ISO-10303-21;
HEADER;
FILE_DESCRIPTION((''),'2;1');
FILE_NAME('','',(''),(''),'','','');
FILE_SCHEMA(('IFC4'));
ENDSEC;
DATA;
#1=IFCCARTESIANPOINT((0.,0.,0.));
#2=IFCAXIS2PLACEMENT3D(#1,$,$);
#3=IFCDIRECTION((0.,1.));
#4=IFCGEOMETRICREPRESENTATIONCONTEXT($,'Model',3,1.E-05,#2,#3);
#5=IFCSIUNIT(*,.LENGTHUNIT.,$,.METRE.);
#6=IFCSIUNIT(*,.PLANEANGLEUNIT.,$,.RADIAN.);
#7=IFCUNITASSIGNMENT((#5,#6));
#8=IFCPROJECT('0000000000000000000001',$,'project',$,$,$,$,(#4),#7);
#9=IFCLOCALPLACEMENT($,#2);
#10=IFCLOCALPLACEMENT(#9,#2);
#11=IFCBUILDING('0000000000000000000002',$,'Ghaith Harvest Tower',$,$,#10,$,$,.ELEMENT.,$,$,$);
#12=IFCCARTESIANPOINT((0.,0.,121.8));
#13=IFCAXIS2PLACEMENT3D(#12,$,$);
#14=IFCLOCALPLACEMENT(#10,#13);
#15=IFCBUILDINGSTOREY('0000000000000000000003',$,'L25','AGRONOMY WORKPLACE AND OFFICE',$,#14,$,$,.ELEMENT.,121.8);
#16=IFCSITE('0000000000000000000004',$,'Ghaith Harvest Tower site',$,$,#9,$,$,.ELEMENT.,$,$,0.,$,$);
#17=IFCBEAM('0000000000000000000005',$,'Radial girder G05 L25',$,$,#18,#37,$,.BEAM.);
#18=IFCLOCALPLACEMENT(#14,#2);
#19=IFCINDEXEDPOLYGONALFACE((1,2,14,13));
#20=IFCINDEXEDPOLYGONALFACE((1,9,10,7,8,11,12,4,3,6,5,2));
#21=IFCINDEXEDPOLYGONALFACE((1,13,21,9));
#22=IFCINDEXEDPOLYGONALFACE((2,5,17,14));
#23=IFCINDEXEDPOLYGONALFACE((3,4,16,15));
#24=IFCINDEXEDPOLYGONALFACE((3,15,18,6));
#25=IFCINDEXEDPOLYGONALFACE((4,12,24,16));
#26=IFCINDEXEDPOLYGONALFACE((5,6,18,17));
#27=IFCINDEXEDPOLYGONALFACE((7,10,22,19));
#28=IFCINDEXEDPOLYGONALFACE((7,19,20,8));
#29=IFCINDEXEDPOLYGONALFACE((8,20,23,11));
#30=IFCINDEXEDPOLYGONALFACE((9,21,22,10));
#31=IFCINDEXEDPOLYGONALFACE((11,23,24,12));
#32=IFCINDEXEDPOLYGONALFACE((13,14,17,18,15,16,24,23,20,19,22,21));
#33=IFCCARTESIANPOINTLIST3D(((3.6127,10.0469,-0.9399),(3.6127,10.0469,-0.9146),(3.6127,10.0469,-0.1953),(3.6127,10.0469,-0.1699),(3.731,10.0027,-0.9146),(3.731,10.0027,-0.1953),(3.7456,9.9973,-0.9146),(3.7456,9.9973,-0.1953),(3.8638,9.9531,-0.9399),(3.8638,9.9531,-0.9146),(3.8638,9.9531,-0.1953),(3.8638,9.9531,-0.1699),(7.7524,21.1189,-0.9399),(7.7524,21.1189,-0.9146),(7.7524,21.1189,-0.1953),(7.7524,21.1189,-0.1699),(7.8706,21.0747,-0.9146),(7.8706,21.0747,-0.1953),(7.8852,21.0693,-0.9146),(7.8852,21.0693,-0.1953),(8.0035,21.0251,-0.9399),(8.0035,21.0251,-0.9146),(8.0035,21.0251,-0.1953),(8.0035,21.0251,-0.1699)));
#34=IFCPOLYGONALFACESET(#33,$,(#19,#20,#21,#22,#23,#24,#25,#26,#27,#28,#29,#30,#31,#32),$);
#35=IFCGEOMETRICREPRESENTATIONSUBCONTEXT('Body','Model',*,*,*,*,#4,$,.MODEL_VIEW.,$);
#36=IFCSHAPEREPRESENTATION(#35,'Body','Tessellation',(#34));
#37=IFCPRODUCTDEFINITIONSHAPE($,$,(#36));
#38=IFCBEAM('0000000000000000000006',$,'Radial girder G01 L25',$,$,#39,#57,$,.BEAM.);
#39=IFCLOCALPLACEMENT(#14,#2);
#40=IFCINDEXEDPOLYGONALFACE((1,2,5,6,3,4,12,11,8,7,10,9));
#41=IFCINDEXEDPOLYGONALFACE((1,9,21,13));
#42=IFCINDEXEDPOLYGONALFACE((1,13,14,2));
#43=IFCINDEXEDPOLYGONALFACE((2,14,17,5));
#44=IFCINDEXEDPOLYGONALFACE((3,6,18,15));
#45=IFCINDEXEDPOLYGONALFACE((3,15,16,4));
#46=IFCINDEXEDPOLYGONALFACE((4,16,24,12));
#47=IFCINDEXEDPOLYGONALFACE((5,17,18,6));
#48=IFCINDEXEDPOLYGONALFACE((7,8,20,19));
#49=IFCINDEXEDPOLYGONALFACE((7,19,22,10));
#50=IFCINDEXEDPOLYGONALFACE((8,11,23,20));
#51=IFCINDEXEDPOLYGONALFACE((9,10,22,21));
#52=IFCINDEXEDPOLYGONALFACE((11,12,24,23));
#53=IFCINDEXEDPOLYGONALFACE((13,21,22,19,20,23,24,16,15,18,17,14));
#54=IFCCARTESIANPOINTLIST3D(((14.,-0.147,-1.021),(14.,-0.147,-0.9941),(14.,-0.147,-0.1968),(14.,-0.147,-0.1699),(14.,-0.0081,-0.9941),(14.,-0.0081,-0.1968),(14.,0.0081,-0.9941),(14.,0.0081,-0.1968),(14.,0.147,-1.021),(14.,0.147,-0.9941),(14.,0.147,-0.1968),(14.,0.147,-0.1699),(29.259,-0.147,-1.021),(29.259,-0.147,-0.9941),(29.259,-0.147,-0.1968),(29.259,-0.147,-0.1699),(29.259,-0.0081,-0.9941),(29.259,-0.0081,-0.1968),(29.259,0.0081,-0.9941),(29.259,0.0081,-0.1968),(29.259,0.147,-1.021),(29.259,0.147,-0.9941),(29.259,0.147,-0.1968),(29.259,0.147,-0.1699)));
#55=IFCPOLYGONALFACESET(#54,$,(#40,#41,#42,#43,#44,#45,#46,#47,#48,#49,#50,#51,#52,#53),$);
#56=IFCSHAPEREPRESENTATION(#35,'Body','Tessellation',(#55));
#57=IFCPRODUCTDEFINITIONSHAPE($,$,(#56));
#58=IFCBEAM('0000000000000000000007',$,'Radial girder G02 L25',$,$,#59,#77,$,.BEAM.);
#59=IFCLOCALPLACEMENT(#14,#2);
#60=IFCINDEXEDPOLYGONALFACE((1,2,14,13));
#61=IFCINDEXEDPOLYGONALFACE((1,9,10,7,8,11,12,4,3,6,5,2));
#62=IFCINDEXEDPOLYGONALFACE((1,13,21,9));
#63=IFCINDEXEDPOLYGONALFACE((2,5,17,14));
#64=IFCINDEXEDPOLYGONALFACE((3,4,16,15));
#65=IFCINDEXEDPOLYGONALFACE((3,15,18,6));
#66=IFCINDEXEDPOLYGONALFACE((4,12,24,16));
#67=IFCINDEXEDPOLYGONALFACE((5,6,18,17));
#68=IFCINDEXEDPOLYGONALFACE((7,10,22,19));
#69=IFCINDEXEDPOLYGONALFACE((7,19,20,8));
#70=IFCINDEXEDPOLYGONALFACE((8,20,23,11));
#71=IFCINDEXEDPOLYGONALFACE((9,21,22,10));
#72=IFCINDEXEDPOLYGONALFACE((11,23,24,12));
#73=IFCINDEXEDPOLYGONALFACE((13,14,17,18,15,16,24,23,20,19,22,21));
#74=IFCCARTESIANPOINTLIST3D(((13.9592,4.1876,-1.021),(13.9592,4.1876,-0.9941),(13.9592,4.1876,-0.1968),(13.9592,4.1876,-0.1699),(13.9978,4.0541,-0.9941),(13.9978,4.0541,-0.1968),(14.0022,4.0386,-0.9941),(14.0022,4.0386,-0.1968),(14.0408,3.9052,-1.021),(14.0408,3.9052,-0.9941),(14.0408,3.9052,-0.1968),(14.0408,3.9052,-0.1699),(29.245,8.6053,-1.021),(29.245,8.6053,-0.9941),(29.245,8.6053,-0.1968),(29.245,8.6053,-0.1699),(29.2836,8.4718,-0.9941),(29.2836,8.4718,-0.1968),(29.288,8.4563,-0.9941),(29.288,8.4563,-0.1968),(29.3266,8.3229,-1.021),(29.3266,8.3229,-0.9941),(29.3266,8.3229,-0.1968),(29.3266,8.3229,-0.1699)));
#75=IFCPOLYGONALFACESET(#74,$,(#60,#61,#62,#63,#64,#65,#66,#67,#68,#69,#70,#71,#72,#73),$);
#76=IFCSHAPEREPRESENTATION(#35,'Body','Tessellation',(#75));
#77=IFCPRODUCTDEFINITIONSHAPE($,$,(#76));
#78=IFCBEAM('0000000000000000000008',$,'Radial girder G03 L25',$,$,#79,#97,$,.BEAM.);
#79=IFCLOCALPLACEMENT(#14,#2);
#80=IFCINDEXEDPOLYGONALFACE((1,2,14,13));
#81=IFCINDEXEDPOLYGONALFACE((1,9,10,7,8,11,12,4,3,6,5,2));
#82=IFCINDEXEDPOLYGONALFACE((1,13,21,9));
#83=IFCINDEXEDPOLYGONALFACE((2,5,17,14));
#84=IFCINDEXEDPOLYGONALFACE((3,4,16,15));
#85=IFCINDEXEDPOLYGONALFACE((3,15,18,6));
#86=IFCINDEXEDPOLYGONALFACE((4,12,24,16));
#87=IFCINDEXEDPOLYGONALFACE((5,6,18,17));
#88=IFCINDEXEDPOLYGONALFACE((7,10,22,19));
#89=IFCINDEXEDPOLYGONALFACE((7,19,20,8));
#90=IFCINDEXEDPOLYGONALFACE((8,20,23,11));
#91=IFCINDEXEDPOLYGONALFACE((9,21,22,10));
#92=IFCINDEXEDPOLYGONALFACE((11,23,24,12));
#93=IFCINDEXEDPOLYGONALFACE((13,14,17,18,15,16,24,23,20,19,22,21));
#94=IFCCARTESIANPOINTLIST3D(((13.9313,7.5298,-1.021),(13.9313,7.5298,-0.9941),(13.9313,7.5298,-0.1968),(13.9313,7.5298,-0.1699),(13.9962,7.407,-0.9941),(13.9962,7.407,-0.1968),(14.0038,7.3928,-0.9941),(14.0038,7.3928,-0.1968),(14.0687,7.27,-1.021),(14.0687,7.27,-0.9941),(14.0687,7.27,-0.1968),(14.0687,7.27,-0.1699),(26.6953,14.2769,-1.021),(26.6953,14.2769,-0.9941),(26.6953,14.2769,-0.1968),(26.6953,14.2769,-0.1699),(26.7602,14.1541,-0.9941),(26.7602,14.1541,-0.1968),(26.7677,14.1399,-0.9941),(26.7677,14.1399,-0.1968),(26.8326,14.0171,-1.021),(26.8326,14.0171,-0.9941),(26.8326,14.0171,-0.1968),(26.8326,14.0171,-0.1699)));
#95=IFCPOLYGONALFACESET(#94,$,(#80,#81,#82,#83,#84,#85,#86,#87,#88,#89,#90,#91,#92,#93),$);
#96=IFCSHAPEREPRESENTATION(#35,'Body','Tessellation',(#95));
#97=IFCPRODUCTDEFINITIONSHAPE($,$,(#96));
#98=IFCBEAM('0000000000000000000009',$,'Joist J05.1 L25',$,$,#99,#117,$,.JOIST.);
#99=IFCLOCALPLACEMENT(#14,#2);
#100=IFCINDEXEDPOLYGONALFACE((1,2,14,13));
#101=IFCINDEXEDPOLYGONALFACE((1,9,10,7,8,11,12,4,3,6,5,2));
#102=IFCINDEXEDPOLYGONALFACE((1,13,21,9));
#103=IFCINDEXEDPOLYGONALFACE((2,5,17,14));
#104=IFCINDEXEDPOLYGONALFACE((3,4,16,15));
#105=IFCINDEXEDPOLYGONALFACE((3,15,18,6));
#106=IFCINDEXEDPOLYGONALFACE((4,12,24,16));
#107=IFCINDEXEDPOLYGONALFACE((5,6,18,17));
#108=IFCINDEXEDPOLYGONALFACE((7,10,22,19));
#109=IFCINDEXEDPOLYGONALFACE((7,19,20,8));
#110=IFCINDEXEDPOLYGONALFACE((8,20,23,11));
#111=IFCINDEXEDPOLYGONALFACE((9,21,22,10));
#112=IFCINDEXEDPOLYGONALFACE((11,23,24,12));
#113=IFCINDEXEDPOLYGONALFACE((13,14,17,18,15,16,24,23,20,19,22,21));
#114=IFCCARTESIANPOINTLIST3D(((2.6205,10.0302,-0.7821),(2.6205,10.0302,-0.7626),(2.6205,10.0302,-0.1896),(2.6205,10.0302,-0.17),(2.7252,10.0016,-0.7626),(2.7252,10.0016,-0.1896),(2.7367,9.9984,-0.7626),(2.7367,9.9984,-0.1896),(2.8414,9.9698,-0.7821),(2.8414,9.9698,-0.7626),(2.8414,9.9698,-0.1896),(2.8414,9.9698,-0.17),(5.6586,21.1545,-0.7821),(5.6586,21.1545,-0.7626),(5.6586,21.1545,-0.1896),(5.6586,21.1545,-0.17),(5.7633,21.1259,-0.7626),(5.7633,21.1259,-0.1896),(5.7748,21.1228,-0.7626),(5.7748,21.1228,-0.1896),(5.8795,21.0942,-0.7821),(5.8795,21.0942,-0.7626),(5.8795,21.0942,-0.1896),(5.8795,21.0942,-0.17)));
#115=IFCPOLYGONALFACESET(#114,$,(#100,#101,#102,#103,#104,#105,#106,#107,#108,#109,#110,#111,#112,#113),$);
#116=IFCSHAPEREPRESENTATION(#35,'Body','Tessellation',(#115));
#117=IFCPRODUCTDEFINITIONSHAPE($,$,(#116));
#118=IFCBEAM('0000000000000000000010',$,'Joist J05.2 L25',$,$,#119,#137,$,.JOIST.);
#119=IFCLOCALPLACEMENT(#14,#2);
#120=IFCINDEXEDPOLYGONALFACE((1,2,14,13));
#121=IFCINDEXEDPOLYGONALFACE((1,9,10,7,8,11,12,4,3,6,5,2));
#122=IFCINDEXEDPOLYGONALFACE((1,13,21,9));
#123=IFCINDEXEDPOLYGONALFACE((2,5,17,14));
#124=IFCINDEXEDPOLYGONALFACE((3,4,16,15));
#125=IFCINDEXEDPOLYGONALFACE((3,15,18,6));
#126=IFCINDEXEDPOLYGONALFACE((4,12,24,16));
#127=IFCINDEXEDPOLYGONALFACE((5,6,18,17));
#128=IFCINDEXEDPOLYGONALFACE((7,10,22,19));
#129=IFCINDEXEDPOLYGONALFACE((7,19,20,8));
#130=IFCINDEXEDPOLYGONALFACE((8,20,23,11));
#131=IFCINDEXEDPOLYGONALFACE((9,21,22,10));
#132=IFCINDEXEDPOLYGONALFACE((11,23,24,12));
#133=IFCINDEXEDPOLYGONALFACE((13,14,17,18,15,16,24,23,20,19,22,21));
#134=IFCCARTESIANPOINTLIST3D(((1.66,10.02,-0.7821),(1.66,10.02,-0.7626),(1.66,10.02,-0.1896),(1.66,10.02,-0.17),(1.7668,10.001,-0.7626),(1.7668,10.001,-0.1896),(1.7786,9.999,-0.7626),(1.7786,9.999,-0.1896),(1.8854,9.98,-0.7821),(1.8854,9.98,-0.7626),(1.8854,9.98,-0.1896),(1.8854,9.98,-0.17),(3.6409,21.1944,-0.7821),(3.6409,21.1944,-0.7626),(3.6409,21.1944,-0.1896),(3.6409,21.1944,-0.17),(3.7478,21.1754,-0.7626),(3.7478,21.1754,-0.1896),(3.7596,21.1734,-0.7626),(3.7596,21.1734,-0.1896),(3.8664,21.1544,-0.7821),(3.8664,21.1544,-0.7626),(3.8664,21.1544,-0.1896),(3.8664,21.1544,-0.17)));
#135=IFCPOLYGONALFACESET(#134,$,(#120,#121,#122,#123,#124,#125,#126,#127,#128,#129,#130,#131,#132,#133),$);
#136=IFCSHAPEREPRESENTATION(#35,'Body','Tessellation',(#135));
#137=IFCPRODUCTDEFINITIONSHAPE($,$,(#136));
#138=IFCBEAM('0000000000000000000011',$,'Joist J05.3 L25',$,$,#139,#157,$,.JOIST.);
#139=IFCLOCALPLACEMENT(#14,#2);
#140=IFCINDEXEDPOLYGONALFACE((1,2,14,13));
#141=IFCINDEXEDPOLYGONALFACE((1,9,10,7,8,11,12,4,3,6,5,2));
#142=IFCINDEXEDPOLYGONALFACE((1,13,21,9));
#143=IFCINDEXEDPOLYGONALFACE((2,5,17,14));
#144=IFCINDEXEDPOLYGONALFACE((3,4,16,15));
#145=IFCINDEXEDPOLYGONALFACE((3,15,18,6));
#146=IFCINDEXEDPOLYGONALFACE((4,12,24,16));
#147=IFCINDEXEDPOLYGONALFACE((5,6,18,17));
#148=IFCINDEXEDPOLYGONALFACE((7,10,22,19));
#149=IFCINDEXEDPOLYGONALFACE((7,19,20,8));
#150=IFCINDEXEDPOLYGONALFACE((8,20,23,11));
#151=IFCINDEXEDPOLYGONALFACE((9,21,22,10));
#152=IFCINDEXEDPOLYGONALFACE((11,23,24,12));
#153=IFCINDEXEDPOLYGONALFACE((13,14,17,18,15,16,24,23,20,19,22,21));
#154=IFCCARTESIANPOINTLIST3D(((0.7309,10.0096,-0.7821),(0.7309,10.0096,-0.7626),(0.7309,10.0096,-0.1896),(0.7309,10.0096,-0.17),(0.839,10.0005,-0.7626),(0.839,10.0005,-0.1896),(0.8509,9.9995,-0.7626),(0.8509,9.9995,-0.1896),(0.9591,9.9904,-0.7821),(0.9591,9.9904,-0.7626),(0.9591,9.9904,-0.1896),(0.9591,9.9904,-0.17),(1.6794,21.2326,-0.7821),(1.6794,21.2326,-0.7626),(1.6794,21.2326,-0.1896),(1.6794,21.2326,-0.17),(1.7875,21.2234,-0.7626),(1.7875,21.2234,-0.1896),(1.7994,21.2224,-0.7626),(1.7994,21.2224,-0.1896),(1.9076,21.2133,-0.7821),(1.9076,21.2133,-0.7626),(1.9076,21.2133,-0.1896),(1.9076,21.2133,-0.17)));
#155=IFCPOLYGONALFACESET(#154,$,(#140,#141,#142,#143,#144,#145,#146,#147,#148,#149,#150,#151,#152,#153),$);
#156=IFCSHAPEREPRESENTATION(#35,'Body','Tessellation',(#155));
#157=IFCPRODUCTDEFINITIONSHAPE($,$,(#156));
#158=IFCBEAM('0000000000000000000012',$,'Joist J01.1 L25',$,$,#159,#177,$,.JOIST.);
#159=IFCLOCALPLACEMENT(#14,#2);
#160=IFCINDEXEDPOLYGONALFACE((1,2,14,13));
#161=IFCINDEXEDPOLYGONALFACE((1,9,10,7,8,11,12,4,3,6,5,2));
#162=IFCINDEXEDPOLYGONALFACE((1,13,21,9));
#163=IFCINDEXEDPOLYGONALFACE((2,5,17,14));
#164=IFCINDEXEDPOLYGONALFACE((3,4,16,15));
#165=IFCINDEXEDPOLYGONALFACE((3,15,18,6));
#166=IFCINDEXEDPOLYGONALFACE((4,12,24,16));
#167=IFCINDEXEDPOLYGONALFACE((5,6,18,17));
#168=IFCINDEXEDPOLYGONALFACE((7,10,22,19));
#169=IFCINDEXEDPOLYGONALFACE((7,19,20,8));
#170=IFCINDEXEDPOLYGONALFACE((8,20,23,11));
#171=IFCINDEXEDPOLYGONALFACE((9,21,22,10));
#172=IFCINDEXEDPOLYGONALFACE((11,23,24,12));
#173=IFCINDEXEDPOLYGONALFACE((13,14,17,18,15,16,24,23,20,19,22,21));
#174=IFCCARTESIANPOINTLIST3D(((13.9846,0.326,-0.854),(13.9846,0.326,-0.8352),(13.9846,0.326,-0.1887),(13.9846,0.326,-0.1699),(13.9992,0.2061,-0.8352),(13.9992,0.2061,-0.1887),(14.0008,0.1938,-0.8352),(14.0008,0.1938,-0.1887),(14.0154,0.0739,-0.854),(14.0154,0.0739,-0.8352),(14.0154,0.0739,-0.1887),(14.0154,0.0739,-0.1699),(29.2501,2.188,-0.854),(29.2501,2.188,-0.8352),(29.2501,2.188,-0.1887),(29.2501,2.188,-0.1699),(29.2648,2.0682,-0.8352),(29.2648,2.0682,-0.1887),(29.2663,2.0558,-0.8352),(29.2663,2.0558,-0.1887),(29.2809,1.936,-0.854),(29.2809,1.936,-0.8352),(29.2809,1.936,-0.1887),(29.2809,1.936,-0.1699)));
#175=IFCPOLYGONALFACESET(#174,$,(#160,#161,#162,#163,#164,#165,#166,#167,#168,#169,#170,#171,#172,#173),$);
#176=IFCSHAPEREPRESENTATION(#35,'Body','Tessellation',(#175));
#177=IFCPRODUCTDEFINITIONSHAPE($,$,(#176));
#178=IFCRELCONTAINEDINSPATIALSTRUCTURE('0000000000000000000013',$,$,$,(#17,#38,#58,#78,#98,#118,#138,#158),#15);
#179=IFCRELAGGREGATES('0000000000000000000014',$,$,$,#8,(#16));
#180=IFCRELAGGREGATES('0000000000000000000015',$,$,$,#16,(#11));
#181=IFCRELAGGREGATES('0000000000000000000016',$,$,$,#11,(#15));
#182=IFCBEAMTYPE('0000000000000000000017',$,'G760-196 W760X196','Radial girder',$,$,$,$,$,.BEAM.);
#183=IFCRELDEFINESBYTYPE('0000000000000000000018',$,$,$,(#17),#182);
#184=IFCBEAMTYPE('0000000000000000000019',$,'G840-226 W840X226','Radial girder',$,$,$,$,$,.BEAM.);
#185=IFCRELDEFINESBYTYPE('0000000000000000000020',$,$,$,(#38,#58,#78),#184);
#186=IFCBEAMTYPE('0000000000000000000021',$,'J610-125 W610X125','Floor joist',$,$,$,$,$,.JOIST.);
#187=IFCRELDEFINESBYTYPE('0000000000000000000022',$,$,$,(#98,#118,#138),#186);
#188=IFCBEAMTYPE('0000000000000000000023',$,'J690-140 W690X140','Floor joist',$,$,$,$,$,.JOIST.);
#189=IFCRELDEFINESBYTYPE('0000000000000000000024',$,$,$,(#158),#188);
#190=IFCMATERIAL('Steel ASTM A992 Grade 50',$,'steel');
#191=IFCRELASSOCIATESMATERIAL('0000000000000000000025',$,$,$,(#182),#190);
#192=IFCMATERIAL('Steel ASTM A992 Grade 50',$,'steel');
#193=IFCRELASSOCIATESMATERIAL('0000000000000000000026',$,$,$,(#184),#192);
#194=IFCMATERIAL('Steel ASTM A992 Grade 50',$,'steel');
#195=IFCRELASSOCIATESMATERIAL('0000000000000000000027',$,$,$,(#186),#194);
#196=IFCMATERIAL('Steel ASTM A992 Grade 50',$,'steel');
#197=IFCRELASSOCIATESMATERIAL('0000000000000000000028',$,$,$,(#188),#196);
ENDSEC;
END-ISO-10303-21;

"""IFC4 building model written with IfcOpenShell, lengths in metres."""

from ifc_helpers import new_model, si_unit, direction, frame, origin, origin_2d, place, context, subcontext, project, spatial, i_section, extrude, material, material_profile, profile_set, type_object, element, save


model = new_model("IFC4")

# Units and contexts
model_context = context("Model", 3, precision=1e-05, world=origin(), true_north=direction((0.0, 1.0)))
body_context = subcontext(model_context, "Body", "Model", "MODEL_VIEW")
ifc_project = project(units=[si_unit("LENGTHUNIT", "METRE"), si_unit("PLANEANGLEUNIT", "RADIAN")], contexts=[model_context])

# Site, building, storey
site_placement = place(None, origin())
site = spatial("IfcSite", under=ifc_project, at=site_placement, Name="Ghaith Harvest Tower site", CompositionType="ELEMENT", RefElevation=0.0)
building_placement = place(site_placement, origin())
building = spatial("IfcBuilding", under=site, at=building_placement, Name="Ghaith Harvest Tower", CompositionType="ELEMENT")
storey_placement = place(building_placement, frame((0.0, 0.0, 121.8)))
storey = spatial("IfcBuildingStorey", under=building, at=storey_placement, Name="L25", Description="AGRONOMY WORKPLACE AND OFFICE", CompositionType="ELEMENT", Elevation=121.8)

# Beams
ifc_material_1 = material(Name="Steel ASTM A992 Grade 50", Category="steel")
ifc_material_profile_1 = material_profile(ifc_material_1, i_section(OverallWidth=0.2681, OverallDepth=0.77, WebThickness=0.0156, FlangeThickness=0.0254, at=origin_2d()), Name="W760X196")
ifc_profile_set_1 = profile_set([ifc_material_profile_1], Name="Steel ASTM A992 Grade 50")
beam_type_1 = type_object("IfcBeamType", Name="G760-196 W760X196", Description="Radial girder", PredefinedType="BEAM", material=ifc_profile_set_1)
beam_1_placement = place(storey_placement, frame((3.7383, 10.0, -0.5549), z_axis=(0.350207, 0.936672, 0.0), x_axis=(-0.936672, 0.350207, 0.0)))
element("IfcBeam", 1, at=beam_1_placement, inside=storey, type_object=beam_type_1, Name="Radial girder G05 L25", PredefinedType="BEAM", context=body_context, shape_type="SweptSolid", body=[
    extrude(i_section(OverallWidth=0.2681, OverallDepth=0.77, WebThickness=0.0156, FlangeThickness=0.0254, at=origin_2d()), origin(), (0.0, 0.0, 1.0), 11.8206),
])
ifc_material_2 = material(Name="Steel ASTM A992 Grade 50", Category="steel")
ifc_material_profile_2 = material_profile(ifc_material_2, i_section(OverallWidth=0.2939, OverallDepth=0.8511, WebThickness=0.0161, FlangeThickness=0.0269, at=origin_2d()), Name="W840X226")
ifc_profile_set_2 = profile_set([ifc_material_profile_2], Name="Steel ASTM A992 Grade 50")
beam_type_2 = type_object("IfcBeamType", Name="G840-226 W840X226", Description="Radial girder", PredefinedType="BEAM", material=ifc_profile_set_2)
beam_2_placement = place(storey_placement, frame((14.0, 0.0, -0.5955), z_axis=(1.0, 0.0, 0.0), x_axis=(0.0, 1.0, 0.0)))
element("IfcBeam", 2, at=beam_2_placement, inside=storey, type_object=beam_type_2, Name="Radial girder G01 L25", PredefinedType="BEAM", context=body_context, shape_type="SweptSolid", body=[
    extrude(i_section(OverallWidth=0.2939, OverallDepth=0.8511, WebThickness=0.0161, FlangeThickness=0.0269, at=origin_2d()), origin(), (0.0, 0.0, 1.0), 15.259),
])
beam_3_placement = place(storey_placement, frame((14.0, 4.0464, -0.5955), z_axis=(0.960684, 0.277644, 0.0), x_axis=(-0.277644, 0.960684, 0.0)))
element("IfcBeam", 3, at=beam_3_placement, inside=storey, type_object=beam_type_2, Name="Radial girder G02 L25", PredefinedType="BEAM", context=body_context, shape_type="SweptSolid", body=[
    extrude(i_section(OverallWidth=0.2939, OverallDepth=0.8511, WebThickness=0.0161, FlangeThickness=0.0269, at=origin_2d()), origin(), (0.0, 0.0, 1.0), 15.9114),
])
beam_4_placement = place(storey_placement, frame((14.0, 7.3999, -0.5955), z_axis=(0.884083, 0.467331, 0.0), x_axis=(-0.467331, 0.884083, 0.0)))
element("IfcBeam", 4, at=beam_4_placement, inside=storey, type_object=beam_type_2, Name="Radial girder G03 L25", PredefinedType="BEAM", context=body_context, shape_type="SweptSolid", body=[
    extrude(i_section(OverallWidth=0.2939, OverallDepth=0.8511, WebThickness=0.0161, FlangeThickness=0.0269, at=origin_2d()), origin(), (0.0, 0.0, 1.0), 14.4375),
])
ifc_material_3 = material(Name="Steel ASTM A992 Grade 50", Category="steel")
ifc_material_profile_3 = material_profile(ifc_material_3, i_section(OverallWidth=0.229, OverallDepth=0.6121, WebThickness=0.012, FlangeThickness=0.0195, at=origin_2d()), Name="W610X125")
ifc_profile_set_3 = profile_set([ifc_material_profile_3], Name="Steel ASTM A992 Grade 50")
beam_type_3 = type_object("IfcBeamType", Name="J610-125 W610X125", Description="Floor joist", PredefinedType="JOIST", material=ifc_profile_set_3)
beam_5_placement = place(storey_placement, frame((2.731, 10.0, -0.4761), z_axis=(0.263456, 0.964671, 0.0), x_axis=(-0.964671, 0.263456, 0.0)))
element("IfcBeam", 5, at=beam_5_placement, inside=storey, type_object=beam_type_3, Name="Joist J05.1 L25", PredefinedType="JOIST", context=body_context, shape_type="SweptSolid", body=[
    extrude(i_section(OverallWidth=0.229, OverallDepth=0.6121, WebThickness=0.012, FlangeThickness=0.0195, at=origin_2d()), origin(), (0.0, 0.0, 1.0), 11.5317),
])
beam_6_placement = place(storey_placement, frame((1.7727, 10.0, -0.4761), z_axis=(0.174556, 0.984647, 0.0), x_axis=(-0.984647, 0.174556, 0.0)))
element("IfcBeam", 6, at=beam_6_placement, inside=storey, type_object=beam_type_3, Name="Joist J05.2 L25", PredefinedType="JOIST", context=body_context, shape_type="SweptSolid", body=[
    extrude(i_section(OverallWidth=0.229, OverallDepth=0.6121, WebThickness=0.012, FlangeThickness=0.0195, at=origin_2d()), origin(), (0.0, 0.0, 1.0), 11.3486),
])
beam_7_placement = place(storey_placement, frame((0.845, 10.0, -0.4761), z_axis=(0.084213, 0.996448, 0.0), x_axis=(-0.996448, 0.084213, 0.0)))
element("IfcBeam", 7, at=beam_7_placement, inside=storey, type_object=beam_type_3, Name="Joist J05.3 L25", PredefinedType="JOIST", context=body_context, shape_type="SweptSolid", body=[
    extrude(i_section(OverallWidth=0.229, OverallDepth=0.6121, WebThickness=0.012, FlangeThickness=0.0195, at=origin_2d()), origin(), (0.0, 0.0, 1.0), 11.2629),
])
ifc_material_4 = material(Name="Steel ASTM A992 Grade 50", Category="steel")
ifc_material_profile_4 = material_profile(ifc_material_4, i_section(OverallWidth=0.2539, OverallDepth=0.6841, WebThickness=0.0125, FlangeThickness=0.0188, at=origin_2d()), Name="W690X140")
ifc_profile_set_4 = profile_set([ifc_material_profile_4], Name="Steel ASTM A992 Grade 50")
beam_type_4 = type_object("IfcBeamType", Name="J690-140 W690X140", Description="Floor joist", PredefinedType="JOIST", material=ifc_profile_set_4)
beam_8_placement = place(storey_placement, frame((14.0, 0.2, -0.512), z_axis=(0.992643, 0.12108, 0.0), x_axis=(-0.12108, 0.992643, 0.0)))
element("IfcBeam", 8, at=beam_8_placement, inside=storey, type_object=beam_type_4, Name="Joist J01.1 L25", PredefinedType="JOIST", context=body_context, shape_type="SweptSolid", body=[
    extrude(i_section(OverallWidth=0.2539, OverallDepth=0.6841, WebThickness=0.0125, FlangeThickness=0.0188, at=origin_2d()), origin(), (0.0, 0.0, 1.0), 15.3787),
])

save(model, "model.ifc")
